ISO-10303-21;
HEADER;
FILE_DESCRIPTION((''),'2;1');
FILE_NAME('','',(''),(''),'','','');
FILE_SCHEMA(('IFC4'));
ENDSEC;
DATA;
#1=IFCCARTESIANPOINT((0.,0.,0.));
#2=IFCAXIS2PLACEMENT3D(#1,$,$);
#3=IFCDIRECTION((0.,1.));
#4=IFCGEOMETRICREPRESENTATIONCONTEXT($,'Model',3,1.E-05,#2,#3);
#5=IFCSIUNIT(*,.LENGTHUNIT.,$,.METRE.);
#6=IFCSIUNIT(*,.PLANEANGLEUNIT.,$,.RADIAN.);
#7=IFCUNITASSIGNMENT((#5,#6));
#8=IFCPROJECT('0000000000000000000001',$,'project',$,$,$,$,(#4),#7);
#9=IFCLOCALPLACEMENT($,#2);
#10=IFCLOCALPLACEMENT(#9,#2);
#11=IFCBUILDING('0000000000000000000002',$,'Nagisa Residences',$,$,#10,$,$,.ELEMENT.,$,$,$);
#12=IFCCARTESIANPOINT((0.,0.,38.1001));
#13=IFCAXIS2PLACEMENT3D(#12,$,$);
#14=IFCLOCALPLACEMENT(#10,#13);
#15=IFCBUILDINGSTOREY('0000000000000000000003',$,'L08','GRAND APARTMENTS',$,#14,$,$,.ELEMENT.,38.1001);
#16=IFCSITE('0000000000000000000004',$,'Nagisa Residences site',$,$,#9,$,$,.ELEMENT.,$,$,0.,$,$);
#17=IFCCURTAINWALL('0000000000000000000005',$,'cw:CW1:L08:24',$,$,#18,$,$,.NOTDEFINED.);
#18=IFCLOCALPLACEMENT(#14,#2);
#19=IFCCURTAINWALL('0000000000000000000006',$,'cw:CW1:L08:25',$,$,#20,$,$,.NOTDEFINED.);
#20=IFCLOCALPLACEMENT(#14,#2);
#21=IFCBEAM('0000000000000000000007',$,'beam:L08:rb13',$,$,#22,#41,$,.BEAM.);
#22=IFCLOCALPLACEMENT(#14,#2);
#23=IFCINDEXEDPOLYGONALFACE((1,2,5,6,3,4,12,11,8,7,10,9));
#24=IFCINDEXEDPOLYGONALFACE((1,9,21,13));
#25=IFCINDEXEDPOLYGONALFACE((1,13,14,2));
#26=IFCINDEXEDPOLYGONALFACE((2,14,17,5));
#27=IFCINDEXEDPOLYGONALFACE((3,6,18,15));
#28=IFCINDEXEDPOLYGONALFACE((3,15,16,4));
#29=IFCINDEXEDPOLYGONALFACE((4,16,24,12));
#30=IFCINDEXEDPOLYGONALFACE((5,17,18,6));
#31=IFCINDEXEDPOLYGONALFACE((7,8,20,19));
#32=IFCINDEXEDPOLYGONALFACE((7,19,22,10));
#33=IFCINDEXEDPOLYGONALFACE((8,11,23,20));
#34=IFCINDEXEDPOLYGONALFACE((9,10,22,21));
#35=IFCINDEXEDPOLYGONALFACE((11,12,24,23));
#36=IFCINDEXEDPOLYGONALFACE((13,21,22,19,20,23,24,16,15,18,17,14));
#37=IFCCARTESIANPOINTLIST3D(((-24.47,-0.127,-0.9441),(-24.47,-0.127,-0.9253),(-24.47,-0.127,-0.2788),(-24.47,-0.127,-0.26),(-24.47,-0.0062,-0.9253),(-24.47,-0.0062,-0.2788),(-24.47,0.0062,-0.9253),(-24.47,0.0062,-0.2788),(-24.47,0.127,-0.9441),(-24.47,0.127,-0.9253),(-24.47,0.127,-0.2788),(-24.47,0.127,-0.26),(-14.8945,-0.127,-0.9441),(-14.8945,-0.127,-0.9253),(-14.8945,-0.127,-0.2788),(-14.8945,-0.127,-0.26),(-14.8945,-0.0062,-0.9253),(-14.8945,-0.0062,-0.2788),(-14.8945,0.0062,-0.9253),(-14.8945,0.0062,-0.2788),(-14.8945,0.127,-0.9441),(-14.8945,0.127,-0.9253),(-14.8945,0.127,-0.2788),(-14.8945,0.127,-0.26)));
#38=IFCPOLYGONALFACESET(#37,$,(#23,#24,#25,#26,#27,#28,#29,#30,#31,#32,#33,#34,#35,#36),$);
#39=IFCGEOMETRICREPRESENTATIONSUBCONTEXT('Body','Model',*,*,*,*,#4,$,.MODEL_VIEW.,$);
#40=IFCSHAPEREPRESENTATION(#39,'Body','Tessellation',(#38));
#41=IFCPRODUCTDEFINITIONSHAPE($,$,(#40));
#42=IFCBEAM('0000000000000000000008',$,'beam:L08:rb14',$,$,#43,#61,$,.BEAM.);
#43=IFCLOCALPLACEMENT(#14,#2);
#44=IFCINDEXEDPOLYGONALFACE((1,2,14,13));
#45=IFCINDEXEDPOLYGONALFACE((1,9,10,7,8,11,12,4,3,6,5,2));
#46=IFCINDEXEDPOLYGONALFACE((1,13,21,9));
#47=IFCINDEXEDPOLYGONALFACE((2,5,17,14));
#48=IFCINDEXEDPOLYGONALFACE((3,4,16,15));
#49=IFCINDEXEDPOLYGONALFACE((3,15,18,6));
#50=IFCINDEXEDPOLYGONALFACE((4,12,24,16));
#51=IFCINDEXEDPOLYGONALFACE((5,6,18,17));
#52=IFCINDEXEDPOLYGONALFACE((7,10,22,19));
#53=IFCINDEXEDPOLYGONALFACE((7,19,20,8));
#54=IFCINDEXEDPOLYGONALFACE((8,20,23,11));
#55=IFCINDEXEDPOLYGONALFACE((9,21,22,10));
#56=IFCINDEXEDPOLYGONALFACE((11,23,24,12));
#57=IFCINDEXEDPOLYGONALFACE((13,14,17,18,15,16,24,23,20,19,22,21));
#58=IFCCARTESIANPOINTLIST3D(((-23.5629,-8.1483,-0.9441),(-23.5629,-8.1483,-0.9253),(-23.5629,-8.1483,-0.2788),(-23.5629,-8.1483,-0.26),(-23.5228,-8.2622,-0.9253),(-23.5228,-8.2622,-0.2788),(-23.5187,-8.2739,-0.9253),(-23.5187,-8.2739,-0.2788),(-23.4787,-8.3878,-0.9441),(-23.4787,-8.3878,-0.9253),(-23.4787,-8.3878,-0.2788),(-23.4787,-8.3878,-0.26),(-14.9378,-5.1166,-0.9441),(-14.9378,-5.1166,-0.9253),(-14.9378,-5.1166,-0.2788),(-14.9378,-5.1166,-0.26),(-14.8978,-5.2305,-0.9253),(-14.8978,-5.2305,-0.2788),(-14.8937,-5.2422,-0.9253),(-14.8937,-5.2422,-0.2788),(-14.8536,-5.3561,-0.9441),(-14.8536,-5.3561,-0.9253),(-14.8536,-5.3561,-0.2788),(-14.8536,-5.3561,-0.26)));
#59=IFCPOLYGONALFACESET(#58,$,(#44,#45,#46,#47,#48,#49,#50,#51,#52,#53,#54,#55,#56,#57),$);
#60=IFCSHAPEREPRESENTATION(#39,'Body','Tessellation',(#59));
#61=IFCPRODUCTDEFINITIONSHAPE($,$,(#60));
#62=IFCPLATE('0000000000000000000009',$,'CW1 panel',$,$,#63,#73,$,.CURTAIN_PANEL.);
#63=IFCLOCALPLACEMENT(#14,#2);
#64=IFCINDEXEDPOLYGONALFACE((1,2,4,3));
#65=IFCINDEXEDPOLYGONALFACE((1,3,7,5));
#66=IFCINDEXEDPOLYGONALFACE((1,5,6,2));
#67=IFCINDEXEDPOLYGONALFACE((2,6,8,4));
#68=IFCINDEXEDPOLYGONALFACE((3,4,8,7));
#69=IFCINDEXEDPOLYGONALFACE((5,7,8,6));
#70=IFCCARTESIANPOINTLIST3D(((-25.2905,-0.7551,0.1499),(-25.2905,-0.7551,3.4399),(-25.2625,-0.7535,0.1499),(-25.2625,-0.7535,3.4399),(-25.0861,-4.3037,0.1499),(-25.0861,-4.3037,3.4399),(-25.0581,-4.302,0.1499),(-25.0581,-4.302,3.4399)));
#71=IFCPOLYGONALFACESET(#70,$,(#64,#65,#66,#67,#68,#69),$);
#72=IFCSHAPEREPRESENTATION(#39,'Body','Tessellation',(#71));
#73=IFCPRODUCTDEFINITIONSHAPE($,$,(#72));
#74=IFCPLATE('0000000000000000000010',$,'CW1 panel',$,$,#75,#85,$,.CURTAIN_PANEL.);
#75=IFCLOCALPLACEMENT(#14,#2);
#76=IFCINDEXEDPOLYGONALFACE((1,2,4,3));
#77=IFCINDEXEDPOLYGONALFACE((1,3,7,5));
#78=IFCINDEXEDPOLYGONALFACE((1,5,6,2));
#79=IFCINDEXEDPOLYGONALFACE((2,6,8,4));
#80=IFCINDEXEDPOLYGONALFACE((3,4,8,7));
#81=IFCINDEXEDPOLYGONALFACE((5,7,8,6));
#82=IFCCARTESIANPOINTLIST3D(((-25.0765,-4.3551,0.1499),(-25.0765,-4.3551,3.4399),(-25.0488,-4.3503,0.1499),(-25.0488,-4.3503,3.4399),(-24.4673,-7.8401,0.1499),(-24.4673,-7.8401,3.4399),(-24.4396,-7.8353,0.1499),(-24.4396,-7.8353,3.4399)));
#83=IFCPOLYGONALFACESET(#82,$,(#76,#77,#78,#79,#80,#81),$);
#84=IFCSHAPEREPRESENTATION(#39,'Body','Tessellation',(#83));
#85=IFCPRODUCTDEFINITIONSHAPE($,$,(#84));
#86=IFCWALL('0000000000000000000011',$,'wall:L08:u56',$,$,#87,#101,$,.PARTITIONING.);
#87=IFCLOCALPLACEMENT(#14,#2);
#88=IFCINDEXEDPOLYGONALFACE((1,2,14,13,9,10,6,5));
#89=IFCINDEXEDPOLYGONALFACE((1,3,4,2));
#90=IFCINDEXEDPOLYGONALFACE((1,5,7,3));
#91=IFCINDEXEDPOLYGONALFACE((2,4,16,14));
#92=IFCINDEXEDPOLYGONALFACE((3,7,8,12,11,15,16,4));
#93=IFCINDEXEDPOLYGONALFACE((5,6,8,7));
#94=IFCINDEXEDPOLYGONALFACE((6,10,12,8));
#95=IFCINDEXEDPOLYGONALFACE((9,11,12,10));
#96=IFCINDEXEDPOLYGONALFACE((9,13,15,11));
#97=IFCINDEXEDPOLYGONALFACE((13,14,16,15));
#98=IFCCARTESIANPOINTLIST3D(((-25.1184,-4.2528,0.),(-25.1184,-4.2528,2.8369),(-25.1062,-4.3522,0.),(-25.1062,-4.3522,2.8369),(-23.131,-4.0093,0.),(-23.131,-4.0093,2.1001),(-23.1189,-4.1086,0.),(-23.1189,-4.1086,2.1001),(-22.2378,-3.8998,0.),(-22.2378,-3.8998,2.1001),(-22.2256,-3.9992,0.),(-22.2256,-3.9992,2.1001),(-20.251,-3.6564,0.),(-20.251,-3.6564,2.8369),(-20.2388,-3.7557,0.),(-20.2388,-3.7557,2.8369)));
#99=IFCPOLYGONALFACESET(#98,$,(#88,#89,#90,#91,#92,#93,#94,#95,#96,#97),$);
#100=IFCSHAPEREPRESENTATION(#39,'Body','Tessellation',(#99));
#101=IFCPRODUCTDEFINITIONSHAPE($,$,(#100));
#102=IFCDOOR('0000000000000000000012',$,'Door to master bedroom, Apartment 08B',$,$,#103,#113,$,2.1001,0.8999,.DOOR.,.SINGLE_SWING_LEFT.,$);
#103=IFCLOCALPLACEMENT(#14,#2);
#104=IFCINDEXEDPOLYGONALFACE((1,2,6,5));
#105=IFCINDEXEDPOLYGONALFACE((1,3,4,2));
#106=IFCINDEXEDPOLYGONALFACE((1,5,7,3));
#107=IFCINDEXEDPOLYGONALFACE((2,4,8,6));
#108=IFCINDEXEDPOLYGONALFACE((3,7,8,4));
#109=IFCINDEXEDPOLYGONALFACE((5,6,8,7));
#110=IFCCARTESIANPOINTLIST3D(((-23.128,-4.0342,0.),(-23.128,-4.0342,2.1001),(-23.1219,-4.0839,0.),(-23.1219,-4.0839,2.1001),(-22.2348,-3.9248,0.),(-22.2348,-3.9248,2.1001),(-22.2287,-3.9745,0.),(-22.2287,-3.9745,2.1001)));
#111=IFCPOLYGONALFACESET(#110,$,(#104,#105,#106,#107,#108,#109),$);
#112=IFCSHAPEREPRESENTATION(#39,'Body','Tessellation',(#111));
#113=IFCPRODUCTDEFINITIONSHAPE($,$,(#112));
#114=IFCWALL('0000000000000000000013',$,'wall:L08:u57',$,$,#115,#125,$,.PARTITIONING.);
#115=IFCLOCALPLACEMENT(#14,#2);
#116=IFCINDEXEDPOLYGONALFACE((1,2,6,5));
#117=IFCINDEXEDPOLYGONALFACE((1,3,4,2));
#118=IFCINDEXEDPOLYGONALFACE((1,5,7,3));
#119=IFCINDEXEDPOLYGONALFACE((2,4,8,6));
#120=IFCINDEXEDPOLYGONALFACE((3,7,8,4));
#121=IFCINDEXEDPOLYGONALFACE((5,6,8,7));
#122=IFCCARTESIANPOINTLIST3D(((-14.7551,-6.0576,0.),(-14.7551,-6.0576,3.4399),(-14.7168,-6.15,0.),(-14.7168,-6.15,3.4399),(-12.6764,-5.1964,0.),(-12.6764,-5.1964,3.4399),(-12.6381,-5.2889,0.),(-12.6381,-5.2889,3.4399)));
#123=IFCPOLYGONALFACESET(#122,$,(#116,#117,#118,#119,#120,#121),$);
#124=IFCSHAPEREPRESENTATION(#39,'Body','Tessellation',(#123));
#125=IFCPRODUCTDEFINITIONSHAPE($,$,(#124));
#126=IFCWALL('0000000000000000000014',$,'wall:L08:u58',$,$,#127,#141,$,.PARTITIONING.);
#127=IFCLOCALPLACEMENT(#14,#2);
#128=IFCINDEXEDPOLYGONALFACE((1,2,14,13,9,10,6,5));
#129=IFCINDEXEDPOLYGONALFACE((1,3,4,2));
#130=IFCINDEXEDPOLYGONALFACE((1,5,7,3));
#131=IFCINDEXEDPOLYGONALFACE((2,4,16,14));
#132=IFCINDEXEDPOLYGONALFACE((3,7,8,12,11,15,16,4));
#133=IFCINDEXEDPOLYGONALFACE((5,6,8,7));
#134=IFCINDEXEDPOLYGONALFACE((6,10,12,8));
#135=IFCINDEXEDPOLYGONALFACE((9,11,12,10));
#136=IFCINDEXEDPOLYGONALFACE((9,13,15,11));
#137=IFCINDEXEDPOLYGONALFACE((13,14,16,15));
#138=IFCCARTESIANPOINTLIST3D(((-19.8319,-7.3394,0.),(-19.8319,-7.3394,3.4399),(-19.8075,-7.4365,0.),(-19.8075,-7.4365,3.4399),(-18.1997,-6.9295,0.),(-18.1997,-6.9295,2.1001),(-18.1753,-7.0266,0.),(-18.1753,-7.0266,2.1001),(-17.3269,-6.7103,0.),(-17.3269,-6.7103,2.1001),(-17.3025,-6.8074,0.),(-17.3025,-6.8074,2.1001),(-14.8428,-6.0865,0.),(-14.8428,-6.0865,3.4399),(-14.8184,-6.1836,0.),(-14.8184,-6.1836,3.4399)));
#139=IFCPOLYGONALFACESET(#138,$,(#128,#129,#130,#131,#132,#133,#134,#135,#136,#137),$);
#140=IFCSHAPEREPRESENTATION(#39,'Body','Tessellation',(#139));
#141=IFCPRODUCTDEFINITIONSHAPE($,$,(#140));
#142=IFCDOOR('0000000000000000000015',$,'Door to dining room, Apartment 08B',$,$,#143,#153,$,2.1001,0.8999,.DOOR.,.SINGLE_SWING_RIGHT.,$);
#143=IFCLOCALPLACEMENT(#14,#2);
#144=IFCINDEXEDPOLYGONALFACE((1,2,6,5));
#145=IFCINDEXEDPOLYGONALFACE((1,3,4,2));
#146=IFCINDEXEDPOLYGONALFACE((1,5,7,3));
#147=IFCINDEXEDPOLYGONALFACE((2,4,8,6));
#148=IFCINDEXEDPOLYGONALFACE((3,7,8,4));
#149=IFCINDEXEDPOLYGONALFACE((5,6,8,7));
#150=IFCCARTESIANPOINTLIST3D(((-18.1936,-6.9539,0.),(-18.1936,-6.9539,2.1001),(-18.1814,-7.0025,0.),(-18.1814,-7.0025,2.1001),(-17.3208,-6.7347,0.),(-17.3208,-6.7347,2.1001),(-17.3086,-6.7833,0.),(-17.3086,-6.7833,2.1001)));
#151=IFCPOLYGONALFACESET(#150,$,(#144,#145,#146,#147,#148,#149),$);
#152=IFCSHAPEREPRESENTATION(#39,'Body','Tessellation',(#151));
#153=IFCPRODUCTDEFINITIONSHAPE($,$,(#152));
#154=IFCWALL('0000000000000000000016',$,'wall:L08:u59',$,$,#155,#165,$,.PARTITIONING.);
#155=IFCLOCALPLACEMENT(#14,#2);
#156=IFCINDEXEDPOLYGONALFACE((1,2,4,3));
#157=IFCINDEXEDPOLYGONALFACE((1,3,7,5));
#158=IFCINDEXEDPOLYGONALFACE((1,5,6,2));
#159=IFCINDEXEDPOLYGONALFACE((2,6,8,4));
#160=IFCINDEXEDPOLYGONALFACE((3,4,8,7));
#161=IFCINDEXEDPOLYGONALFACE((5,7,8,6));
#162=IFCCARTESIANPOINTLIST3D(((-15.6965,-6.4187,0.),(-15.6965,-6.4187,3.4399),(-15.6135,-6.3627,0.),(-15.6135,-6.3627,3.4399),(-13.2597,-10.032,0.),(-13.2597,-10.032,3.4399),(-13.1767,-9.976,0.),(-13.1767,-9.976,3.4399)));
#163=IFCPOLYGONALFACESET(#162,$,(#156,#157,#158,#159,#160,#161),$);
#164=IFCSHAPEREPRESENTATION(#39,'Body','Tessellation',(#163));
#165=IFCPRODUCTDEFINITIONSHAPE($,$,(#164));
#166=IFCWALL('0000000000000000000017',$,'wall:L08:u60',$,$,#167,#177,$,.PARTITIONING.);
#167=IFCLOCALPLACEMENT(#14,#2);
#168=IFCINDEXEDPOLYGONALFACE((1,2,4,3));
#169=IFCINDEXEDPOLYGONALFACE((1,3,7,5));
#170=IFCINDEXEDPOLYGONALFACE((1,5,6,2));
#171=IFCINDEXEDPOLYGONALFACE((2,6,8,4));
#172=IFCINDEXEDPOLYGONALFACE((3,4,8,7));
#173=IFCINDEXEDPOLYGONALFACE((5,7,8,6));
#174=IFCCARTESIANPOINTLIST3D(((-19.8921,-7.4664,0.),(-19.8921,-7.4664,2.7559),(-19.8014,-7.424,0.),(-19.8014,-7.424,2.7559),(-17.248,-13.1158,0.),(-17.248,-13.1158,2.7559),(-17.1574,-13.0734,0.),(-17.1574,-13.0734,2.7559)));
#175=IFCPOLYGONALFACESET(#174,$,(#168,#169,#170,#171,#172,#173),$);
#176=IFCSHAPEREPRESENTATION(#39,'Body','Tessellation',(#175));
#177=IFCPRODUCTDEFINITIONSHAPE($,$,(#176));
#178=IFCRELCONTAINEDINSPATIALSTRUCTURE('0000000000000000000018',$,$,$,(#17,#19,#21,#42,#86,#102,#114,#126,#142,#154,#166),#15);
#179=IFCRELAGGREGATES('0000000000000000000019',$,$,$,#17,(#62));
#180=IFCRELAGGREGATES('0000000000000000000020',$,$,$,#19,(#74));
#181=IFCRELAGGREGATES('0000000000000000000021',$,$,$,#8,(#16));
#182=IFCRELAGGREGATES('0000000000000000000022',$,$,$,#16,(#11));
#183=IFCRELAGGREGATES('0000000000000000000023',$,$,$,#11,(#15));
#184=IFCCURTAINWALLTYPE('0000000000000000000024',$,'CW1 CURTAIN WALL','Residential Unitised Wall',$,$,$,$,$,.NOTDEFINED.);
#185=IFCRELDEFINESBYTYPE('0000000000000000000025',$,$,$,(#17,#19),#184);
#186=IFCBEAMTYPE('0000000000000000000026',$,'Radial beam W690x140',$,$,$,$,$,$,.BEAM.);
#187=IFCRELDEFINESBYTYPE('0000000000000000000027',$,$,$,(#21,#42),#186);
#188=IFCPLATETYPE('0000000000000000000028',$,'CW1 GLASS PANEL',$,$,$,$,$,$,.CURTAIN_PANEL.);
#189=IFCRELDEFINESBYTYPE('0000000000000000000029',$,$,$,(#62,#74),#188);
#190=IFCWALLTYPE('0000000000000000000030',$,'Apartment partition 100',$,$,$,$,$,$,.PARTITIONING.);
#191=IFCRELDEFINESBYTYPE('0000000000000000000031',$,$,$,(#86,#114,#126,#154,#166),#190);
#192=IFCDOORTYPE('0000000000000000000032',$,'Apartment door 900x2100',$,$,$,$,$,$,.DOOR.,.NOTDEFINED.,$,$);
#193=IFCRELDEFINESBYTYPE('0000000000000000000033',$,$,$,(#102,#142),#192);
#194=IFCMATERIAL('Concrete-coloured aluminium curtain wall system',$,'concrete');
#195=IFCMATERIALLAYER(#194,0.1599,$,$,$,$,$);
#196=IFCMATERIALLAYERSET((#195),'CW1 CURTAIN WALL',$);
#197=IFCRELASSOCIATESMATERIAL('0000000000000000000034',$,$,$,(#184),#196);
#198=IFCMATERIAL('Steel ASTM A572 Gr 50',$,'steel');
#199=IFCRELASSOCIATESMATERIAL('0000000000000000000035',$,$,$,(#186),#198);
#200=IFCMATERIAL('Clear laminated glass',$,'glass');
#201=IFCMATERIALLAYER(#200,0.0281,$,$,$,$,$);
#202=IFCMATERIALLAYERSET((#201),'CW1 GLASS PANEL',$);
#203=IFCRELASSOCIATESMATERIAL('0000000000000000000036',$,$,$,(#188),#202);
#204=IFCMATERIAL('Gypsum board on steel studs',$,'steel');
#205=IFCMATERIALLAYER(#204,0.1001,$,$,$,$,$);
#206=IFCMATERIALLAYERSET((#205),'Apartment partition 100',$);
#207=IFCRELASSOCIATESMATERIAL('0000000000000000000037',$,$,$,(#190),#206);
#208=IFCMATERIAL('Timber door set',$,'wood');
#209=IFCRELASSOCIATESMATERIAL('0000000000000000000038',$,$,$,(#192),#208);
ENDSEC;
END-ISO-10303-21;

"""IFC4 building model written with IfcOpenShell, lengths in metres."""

from ifc_helpers import new_model, si_unit, direction, frame, frame_2d, origin, origin_2d, place, context, subcontext, project, spatial, rectangle, i_section, extrude, material, layer, layer_set, material_profile, profile_set, type_object, element, fill, aggregate, save


model = new_model("IFC4")

# Units and contexts
model_context = context("Model", 3, precision=1e-05, world=origin(), true_north=direction((0.0, 1.0)))
body_context = subcontext(model_context, "Body", "Model", "MODEL_VIEW")
ifc_project = project(units=[si_unit("LENGTHUNIT", "METRE"), si_unit("PLANEANGLEUNIT", "RADIAN")], contexts=[model_context])

# Site, building, storey
site_placement = place(None, origin())
site = spatial("IfcSite", under=ifc_project, at=site_placement, Name="Nagisa Residences site", CompositionType="ELEMENT", RefElevation=0.0)
building_placement = place(site_placement, origin())
building = spatial("IfcBuilding", under=site, at=building_placement, Name="Nagisa Residences", CompositionType="ELEMENT")
storey_placement = place(building_placement, frame((0.0, 0.0, 38.1001)))
storey = spatial("IfcBuildingStorey", under=building, at=storey_placement, Name="L08", Description="GRAND APARTMENTS", CompositionType="ELEMENT", Elevation=38.1001)

# Curtain walls
ifc_material_1 = material(Name="Concrete-coloured aluminium curtain wall system", Category="concrete")
ifc_layer_1 = layer(ifc_material_1, 0.1599)
ifc_layer_set_1 = layer_set([ifc_layer_1], Name="CW1 CURTAIN WALL")
curtain_wall_type = type_object("IfcCurtainWallType", Name="CW1 CURTAIN WALL", Description="Residential Unitised Wall", PredefinedType="NOTDEFINED", material=ifc_layer_set_1)
curtain_wall_1_placement = place(storey_placement, origin())
curtain_wall_1 = element("IfcCurtainWall", 1, at=curtain_wall_1_placement, inside=storey, type_object=curtain_wall_type, Name="cw:CW1:L08:24", PredefinedType="NOTDEFINED")
curtain_wall_2_placement = place(storey_placement, origin())
curtain_wall_2 = element("IfcCurtainWall", 2, at=curtain_wall_2_placement, inside=storey, type_object=curtain_wall_type, Name="cw:CW1:L08:25", PredefinedType="NOTDEFINED")

# Beams
ifc_material_2 = material(Name="Steel ASTM A572 Gr 50", Category="steel")
ifc_material_profile_1 = material_profile(ifc_material_2, i_section(OverallWidth=0.2539, OverallDepth=0.6841, WebThickness=0.0125, FlangeThickness=0.0188, at=origin_2d()), Name="W690x140")
ifc_profile_set_1 = profile_set([ifc_material_profile_1], Name="Steel ASTM A572 Gr 50")
beam_type_1 = type_object("IfcBeamType", Name="Radial beam W690x140", PredefinedType="BEAM", material=ifc_profile_set_1)
beam_1_placement = place(storey_placement, frame((-24.47, 0.0, -0.6021), z_axis=(1.0, 0.0, 0.0), x_axis=(0.0, 1.0, 0.0)))
element("IfcBeam", 3, at=beam_1_placement, inside=storey, type_object=beam_type_1, Name="beam:L08:rb13", PredefinedType="BEAM", context=body_context, shape_type="SweptSolid", body=[
    extrude(i_section(OverallWidth=0.2539, OverallDepth=0.6841, WebThickness=0.0125, FlangeThickness=0.0188, at=origin_2d()), origin(), (0.0, 0.0, 1.0), 9.5754),
])
beam_2_placement = place(storey_placement, frame((-23.5208, -8.2681, -0.6021), z_axis=(0.943415, 0.331616, 0.0), x_axis=(-0.331616, 0.943415, 0.0)))
element("IfcBeam", 4, at=beam_2_placement, inside=storey, type_object=beam_type_1, Name="beam:L08:rb14", PredefinedType="BEAM", context=body_context, shape_type="SweptSolid", body=[
    extrude(i_section(OverallWidth=0.2539, OverallDepth=0.6841, WebThickness=0.0125, FlangeThickness=0.0188, at=origin_2d()), origin(), (0.0, 0.0, 1.0), 9.1423),
])

# Plates
ifc_material_3 = material(Name="Clear laminated glass", Category="glass")
ifc_layer_2 = layer(ifc_material_3, 0.0281)
ifc_layer_set_2 = layer_set([ifc_layer_2], Name="CW1 GLASS PANEL")
plate_type = type_object("IfcPlateType", Name="CW1 GLASS PANEL", PredefinedType="CURTAIN_PANEL", material=ifc_layer_set_2)
plate_1_placement = place(storey_placement, frame((-25.1743, -2.5286, 0.1499), z_axis=(0.0, 0.0, 1.0), x_axis=(0.057503, -0.998345, 0.0)))
plate_1 = element("IfcPlate", 5, at=plate_1_placement, type_object=plate_type, Name="CW1 panel", PredefinedType="CURTAIN_PANEL", context=body_context, shape_type="SweptSolid", body=[
    extrude(rectangle(XDim=3.5544, YDim=0.0281, at=origin_2d()), origin(), (0.0, 0.0, 1.0), 3.29),
])
aggregate(curtain_wall_1, [plate_1])
plate_2_placement = place(storey_placement, frame((-24.7581, -6.0952, 0.1499), z_axis=(0.0, 0.0, 1.0), x_axis=(0.172191, -0.985064, 0.0)))
plate_2 = element("IfcPlate", 6, at=plate_2_placement, type_object=plate_type, Name="CW1 panel", PredefinedType="CURTAIN_PANEL", context=body_context, shape_type="SweptSolid", body=[
    extrude(rectangle(XDim=3.5378, YDim=0.0281, at=origin_2d()), origin(), (0.0, 0.0, 1.0), 3.29),
])
aggregate(curtain_wall_2, [plate_2])

# Wall, opening, door
ifc_material_4 = material(Name="Gypsum board on steel studs", Category="steel")
ifc_layer_3 = layer(ifc_material_4, 0.1001)
ifc_layer_set_3 = layer_set([ifc_layer_3], Name="Apartment partition 100")
wall_type_1 = type_object("IfcWallType", Name="Apartment partition 100", PredefinedType="PARTITIONING", material=ifc_layer_set_3)
wall_1_placement = place(storey_placement, frame((-20.2449, -3.7061, 0.0), z_axis=(0.0, 0.0, 1.0), x_axis=(-0.992576, -0.121626, 0.0)))
wall_1 = element("IfcWall", 7, at=wall_1_placement, inside=storey, type_object=wall_type_1, Name="wall:L08:u56", PredefinedType="PARTITIONING", context=body_context, shape_type="SweptSolid", body=[
    extrude(rectangle(XDim=4.9038, YDim=0.1001, at=frame_2d((2.4519, 0.0))), origin(), (0.0, 0.0, 1.0), 2.8369),
])
opening_1_placement = place(wall_1_placement, frame((2.0017, 0.0, 0.0)))
opening_1 = element("IfcOpeningElement", 8, at=opening_1_placement, cuts=wall_1, PredefinedType="OPENING", context=body_context, shape_type="SweptSolid", body=[
    extrude(rectangle(XDim=0.8999, YDim=2.1001, at=frame_2d((0.45, 1.05))), frame((0.0, 0.0601, 0.0), z_axis=(0.0, -1.0, 0.0), x_axis=(1.0, 0.0, 0.0)), (0.0, 0.0, 1.0), 0.1201),
])
ifc_material_5 = material(Name="Timber door set", Category="wood")
door_type_1 = type_object("IfcDoorType", Name="Apartment door 900x2100", OperationType="NOTDEFINED", PredefinedType="DOOR", material=ifc_material_5)
door_1_placement = place(opening_1_placement, frame((0.8999, 0.0, 0.0), x_axis=(-1.0, 0.0, 0.0)))
door_1 = element("IfcDoor", 9, at=door_1_placement, inside=storey, type_object=door_type_1, Name="Door to master bedroom, Apartment 08B", OperationType="SINGLE_SWING_LEFT", OverallHeight=2.1001, OverallWidth=0.8999, PredefinedType="DOOR", context=body_context, shape_type="SweptSolid", body=[
    extrude(rectangle(XDim=0.8999, YDim=2.1001, at=frame_2d((0.45, 1.05))), frame((0.0, 0.0249, 0.0), z_axis=(0.0, -1.0, 0.0), x_axis=(1.0, 0.0, 0.0)), (0.0, 0.0, 1.0), 0.05),
])
fill(opening_1, door_1)

# Wall
wall_2_placement = place(storey_placement, frame((-12.6572, -5.2427, 0.0), z_axis=(0.0, 0.0, 1.0), x_axis=(-0.923865, -0.382719, 0.0)))
element("IfcWall", 10, at=wall_2_placement, inside=storey, type_object=wall_type_1, Name="wall:L08:u57", PredefinedType="PARTITIONING", context=body_context, shape_type="SweptSolid", body=[
    extrude(rectangle(XDim=2.25, YDim=0.1001, at=frame_2d((1.125, 0.0))), origin(), (0.0, 0.0, 1.0), 3.4399),
])

# Wall, opening, door
wall_3_placement = place(storey_placement, frame((-14.8306, -6.135, 0.0), z_axis=(0.0, 0.0, 1.0), x_axis=(-0.969882, -0.243574, 0.0)))
wall_3 = element("IfcWall", 11, at=wall_3_placement, inside=storey, type_object=wall_type_1, Name="wall:L08:u58", PredefinedType="PARTITIONING", context=body_context, shape_type="SweptSolid", body=[
    extrude(rectangle(XDim=5.144, YDim=0.1001, at=frame_2d((2.572, 0.0))), origin(), (0.0, 0.0, 1.0), 3.4399),
])
opening_2_placement = place(wall_3_placement, frame((2.5613, 0.0, 0.0)))
opening_2 = element("IfcOpeningElement", 12, at=opening_2_placement, cuts=wall_3, PredefinedType="OPENING", context=body_context, shape_type="SweptSolid", body=[
    extrude(rectangle(XDim=0.8999, YDim=2.1001, at=frame_2d((0.45, 1.05))), frame((0.0, 0.0601, 0.0), z_axis=(0.0, -1.0, 0.0), x_axis=(1.0, 0.0, 0.0)), (0.0, 0.0, 1.0), 0.1201),
])
door_2_placement = place(opening_2_placement, frame((0.8999, 0.0, 0.0), x_axis=(-1.0, 0.0, 0.0)))
door_2 = element("IfcDoor", 13, at=door_2_placement, inside=storey, type_object=door_type_1, Name="Door to dining room, Apartment 08B", OperationType="SINGLE_SWING_RIGHT", OverallHeight=2.1001, OverallWidth=0.8999, PredefinedType="DOOR", context=body_context, shape_type="SweptSolid", body=[
    extrude(rectangle(XDim=0.8999, YDim=2.1001, at=frame_2d((0.45, 1.05))), frame((0.0, 0.0249, 0.0), z_axis=(0.0, -1.0, 0.0), x_axis=(1.0, 0.0, 0.0)), (0.0, 0.0, 1.0), 0.05),
])
fill(opening_2, door_2)

# Walls
wall_4_placement = place(storey_placement, frame((-15.655, -6.3906, 0.0), z_axis=(0.0, 0.0, 1.0), x_axis=(0.559126, -0.829082, 0.0)))
element("IfcWall", 14, at=wall_4_placement, inside=storey, type_object=wall_type_1, Name="wall:L08:u59", PredefinedType="PARTITIONING", context=body_context, shape_type="SweptSolid", body=[
    extrude(rectangle(XDim=4.3582, YDim=0.1001, at=frame_2d((2.1792, 0.0))), origin(), (0.0, 0.0, 1.0), 3.4399),
])
wall_5_placement = place(storey_placement, frame((-19.8467, -7.4453, 0.0), z_axis=(0.0, 0.0, 1.0), x_axis=(0.423892, -0.905713, 0.0)))
element("IfcWall", 15, at=wall_5_placement, inside=storey, type_object=wall_type_1, Name="wall:L08:u60", PredefinedType="PARTITIONING", context=body_context, shape_type="SweptSolid", body=[
    extrude(rectangle(XDim=6.2375, YDim=0.1001, at=frame_2d((3.1187, 0.0))), origin(), (0.0, 0.0, 1.0), 2.7559),
])

save(model, "model.ifc")
